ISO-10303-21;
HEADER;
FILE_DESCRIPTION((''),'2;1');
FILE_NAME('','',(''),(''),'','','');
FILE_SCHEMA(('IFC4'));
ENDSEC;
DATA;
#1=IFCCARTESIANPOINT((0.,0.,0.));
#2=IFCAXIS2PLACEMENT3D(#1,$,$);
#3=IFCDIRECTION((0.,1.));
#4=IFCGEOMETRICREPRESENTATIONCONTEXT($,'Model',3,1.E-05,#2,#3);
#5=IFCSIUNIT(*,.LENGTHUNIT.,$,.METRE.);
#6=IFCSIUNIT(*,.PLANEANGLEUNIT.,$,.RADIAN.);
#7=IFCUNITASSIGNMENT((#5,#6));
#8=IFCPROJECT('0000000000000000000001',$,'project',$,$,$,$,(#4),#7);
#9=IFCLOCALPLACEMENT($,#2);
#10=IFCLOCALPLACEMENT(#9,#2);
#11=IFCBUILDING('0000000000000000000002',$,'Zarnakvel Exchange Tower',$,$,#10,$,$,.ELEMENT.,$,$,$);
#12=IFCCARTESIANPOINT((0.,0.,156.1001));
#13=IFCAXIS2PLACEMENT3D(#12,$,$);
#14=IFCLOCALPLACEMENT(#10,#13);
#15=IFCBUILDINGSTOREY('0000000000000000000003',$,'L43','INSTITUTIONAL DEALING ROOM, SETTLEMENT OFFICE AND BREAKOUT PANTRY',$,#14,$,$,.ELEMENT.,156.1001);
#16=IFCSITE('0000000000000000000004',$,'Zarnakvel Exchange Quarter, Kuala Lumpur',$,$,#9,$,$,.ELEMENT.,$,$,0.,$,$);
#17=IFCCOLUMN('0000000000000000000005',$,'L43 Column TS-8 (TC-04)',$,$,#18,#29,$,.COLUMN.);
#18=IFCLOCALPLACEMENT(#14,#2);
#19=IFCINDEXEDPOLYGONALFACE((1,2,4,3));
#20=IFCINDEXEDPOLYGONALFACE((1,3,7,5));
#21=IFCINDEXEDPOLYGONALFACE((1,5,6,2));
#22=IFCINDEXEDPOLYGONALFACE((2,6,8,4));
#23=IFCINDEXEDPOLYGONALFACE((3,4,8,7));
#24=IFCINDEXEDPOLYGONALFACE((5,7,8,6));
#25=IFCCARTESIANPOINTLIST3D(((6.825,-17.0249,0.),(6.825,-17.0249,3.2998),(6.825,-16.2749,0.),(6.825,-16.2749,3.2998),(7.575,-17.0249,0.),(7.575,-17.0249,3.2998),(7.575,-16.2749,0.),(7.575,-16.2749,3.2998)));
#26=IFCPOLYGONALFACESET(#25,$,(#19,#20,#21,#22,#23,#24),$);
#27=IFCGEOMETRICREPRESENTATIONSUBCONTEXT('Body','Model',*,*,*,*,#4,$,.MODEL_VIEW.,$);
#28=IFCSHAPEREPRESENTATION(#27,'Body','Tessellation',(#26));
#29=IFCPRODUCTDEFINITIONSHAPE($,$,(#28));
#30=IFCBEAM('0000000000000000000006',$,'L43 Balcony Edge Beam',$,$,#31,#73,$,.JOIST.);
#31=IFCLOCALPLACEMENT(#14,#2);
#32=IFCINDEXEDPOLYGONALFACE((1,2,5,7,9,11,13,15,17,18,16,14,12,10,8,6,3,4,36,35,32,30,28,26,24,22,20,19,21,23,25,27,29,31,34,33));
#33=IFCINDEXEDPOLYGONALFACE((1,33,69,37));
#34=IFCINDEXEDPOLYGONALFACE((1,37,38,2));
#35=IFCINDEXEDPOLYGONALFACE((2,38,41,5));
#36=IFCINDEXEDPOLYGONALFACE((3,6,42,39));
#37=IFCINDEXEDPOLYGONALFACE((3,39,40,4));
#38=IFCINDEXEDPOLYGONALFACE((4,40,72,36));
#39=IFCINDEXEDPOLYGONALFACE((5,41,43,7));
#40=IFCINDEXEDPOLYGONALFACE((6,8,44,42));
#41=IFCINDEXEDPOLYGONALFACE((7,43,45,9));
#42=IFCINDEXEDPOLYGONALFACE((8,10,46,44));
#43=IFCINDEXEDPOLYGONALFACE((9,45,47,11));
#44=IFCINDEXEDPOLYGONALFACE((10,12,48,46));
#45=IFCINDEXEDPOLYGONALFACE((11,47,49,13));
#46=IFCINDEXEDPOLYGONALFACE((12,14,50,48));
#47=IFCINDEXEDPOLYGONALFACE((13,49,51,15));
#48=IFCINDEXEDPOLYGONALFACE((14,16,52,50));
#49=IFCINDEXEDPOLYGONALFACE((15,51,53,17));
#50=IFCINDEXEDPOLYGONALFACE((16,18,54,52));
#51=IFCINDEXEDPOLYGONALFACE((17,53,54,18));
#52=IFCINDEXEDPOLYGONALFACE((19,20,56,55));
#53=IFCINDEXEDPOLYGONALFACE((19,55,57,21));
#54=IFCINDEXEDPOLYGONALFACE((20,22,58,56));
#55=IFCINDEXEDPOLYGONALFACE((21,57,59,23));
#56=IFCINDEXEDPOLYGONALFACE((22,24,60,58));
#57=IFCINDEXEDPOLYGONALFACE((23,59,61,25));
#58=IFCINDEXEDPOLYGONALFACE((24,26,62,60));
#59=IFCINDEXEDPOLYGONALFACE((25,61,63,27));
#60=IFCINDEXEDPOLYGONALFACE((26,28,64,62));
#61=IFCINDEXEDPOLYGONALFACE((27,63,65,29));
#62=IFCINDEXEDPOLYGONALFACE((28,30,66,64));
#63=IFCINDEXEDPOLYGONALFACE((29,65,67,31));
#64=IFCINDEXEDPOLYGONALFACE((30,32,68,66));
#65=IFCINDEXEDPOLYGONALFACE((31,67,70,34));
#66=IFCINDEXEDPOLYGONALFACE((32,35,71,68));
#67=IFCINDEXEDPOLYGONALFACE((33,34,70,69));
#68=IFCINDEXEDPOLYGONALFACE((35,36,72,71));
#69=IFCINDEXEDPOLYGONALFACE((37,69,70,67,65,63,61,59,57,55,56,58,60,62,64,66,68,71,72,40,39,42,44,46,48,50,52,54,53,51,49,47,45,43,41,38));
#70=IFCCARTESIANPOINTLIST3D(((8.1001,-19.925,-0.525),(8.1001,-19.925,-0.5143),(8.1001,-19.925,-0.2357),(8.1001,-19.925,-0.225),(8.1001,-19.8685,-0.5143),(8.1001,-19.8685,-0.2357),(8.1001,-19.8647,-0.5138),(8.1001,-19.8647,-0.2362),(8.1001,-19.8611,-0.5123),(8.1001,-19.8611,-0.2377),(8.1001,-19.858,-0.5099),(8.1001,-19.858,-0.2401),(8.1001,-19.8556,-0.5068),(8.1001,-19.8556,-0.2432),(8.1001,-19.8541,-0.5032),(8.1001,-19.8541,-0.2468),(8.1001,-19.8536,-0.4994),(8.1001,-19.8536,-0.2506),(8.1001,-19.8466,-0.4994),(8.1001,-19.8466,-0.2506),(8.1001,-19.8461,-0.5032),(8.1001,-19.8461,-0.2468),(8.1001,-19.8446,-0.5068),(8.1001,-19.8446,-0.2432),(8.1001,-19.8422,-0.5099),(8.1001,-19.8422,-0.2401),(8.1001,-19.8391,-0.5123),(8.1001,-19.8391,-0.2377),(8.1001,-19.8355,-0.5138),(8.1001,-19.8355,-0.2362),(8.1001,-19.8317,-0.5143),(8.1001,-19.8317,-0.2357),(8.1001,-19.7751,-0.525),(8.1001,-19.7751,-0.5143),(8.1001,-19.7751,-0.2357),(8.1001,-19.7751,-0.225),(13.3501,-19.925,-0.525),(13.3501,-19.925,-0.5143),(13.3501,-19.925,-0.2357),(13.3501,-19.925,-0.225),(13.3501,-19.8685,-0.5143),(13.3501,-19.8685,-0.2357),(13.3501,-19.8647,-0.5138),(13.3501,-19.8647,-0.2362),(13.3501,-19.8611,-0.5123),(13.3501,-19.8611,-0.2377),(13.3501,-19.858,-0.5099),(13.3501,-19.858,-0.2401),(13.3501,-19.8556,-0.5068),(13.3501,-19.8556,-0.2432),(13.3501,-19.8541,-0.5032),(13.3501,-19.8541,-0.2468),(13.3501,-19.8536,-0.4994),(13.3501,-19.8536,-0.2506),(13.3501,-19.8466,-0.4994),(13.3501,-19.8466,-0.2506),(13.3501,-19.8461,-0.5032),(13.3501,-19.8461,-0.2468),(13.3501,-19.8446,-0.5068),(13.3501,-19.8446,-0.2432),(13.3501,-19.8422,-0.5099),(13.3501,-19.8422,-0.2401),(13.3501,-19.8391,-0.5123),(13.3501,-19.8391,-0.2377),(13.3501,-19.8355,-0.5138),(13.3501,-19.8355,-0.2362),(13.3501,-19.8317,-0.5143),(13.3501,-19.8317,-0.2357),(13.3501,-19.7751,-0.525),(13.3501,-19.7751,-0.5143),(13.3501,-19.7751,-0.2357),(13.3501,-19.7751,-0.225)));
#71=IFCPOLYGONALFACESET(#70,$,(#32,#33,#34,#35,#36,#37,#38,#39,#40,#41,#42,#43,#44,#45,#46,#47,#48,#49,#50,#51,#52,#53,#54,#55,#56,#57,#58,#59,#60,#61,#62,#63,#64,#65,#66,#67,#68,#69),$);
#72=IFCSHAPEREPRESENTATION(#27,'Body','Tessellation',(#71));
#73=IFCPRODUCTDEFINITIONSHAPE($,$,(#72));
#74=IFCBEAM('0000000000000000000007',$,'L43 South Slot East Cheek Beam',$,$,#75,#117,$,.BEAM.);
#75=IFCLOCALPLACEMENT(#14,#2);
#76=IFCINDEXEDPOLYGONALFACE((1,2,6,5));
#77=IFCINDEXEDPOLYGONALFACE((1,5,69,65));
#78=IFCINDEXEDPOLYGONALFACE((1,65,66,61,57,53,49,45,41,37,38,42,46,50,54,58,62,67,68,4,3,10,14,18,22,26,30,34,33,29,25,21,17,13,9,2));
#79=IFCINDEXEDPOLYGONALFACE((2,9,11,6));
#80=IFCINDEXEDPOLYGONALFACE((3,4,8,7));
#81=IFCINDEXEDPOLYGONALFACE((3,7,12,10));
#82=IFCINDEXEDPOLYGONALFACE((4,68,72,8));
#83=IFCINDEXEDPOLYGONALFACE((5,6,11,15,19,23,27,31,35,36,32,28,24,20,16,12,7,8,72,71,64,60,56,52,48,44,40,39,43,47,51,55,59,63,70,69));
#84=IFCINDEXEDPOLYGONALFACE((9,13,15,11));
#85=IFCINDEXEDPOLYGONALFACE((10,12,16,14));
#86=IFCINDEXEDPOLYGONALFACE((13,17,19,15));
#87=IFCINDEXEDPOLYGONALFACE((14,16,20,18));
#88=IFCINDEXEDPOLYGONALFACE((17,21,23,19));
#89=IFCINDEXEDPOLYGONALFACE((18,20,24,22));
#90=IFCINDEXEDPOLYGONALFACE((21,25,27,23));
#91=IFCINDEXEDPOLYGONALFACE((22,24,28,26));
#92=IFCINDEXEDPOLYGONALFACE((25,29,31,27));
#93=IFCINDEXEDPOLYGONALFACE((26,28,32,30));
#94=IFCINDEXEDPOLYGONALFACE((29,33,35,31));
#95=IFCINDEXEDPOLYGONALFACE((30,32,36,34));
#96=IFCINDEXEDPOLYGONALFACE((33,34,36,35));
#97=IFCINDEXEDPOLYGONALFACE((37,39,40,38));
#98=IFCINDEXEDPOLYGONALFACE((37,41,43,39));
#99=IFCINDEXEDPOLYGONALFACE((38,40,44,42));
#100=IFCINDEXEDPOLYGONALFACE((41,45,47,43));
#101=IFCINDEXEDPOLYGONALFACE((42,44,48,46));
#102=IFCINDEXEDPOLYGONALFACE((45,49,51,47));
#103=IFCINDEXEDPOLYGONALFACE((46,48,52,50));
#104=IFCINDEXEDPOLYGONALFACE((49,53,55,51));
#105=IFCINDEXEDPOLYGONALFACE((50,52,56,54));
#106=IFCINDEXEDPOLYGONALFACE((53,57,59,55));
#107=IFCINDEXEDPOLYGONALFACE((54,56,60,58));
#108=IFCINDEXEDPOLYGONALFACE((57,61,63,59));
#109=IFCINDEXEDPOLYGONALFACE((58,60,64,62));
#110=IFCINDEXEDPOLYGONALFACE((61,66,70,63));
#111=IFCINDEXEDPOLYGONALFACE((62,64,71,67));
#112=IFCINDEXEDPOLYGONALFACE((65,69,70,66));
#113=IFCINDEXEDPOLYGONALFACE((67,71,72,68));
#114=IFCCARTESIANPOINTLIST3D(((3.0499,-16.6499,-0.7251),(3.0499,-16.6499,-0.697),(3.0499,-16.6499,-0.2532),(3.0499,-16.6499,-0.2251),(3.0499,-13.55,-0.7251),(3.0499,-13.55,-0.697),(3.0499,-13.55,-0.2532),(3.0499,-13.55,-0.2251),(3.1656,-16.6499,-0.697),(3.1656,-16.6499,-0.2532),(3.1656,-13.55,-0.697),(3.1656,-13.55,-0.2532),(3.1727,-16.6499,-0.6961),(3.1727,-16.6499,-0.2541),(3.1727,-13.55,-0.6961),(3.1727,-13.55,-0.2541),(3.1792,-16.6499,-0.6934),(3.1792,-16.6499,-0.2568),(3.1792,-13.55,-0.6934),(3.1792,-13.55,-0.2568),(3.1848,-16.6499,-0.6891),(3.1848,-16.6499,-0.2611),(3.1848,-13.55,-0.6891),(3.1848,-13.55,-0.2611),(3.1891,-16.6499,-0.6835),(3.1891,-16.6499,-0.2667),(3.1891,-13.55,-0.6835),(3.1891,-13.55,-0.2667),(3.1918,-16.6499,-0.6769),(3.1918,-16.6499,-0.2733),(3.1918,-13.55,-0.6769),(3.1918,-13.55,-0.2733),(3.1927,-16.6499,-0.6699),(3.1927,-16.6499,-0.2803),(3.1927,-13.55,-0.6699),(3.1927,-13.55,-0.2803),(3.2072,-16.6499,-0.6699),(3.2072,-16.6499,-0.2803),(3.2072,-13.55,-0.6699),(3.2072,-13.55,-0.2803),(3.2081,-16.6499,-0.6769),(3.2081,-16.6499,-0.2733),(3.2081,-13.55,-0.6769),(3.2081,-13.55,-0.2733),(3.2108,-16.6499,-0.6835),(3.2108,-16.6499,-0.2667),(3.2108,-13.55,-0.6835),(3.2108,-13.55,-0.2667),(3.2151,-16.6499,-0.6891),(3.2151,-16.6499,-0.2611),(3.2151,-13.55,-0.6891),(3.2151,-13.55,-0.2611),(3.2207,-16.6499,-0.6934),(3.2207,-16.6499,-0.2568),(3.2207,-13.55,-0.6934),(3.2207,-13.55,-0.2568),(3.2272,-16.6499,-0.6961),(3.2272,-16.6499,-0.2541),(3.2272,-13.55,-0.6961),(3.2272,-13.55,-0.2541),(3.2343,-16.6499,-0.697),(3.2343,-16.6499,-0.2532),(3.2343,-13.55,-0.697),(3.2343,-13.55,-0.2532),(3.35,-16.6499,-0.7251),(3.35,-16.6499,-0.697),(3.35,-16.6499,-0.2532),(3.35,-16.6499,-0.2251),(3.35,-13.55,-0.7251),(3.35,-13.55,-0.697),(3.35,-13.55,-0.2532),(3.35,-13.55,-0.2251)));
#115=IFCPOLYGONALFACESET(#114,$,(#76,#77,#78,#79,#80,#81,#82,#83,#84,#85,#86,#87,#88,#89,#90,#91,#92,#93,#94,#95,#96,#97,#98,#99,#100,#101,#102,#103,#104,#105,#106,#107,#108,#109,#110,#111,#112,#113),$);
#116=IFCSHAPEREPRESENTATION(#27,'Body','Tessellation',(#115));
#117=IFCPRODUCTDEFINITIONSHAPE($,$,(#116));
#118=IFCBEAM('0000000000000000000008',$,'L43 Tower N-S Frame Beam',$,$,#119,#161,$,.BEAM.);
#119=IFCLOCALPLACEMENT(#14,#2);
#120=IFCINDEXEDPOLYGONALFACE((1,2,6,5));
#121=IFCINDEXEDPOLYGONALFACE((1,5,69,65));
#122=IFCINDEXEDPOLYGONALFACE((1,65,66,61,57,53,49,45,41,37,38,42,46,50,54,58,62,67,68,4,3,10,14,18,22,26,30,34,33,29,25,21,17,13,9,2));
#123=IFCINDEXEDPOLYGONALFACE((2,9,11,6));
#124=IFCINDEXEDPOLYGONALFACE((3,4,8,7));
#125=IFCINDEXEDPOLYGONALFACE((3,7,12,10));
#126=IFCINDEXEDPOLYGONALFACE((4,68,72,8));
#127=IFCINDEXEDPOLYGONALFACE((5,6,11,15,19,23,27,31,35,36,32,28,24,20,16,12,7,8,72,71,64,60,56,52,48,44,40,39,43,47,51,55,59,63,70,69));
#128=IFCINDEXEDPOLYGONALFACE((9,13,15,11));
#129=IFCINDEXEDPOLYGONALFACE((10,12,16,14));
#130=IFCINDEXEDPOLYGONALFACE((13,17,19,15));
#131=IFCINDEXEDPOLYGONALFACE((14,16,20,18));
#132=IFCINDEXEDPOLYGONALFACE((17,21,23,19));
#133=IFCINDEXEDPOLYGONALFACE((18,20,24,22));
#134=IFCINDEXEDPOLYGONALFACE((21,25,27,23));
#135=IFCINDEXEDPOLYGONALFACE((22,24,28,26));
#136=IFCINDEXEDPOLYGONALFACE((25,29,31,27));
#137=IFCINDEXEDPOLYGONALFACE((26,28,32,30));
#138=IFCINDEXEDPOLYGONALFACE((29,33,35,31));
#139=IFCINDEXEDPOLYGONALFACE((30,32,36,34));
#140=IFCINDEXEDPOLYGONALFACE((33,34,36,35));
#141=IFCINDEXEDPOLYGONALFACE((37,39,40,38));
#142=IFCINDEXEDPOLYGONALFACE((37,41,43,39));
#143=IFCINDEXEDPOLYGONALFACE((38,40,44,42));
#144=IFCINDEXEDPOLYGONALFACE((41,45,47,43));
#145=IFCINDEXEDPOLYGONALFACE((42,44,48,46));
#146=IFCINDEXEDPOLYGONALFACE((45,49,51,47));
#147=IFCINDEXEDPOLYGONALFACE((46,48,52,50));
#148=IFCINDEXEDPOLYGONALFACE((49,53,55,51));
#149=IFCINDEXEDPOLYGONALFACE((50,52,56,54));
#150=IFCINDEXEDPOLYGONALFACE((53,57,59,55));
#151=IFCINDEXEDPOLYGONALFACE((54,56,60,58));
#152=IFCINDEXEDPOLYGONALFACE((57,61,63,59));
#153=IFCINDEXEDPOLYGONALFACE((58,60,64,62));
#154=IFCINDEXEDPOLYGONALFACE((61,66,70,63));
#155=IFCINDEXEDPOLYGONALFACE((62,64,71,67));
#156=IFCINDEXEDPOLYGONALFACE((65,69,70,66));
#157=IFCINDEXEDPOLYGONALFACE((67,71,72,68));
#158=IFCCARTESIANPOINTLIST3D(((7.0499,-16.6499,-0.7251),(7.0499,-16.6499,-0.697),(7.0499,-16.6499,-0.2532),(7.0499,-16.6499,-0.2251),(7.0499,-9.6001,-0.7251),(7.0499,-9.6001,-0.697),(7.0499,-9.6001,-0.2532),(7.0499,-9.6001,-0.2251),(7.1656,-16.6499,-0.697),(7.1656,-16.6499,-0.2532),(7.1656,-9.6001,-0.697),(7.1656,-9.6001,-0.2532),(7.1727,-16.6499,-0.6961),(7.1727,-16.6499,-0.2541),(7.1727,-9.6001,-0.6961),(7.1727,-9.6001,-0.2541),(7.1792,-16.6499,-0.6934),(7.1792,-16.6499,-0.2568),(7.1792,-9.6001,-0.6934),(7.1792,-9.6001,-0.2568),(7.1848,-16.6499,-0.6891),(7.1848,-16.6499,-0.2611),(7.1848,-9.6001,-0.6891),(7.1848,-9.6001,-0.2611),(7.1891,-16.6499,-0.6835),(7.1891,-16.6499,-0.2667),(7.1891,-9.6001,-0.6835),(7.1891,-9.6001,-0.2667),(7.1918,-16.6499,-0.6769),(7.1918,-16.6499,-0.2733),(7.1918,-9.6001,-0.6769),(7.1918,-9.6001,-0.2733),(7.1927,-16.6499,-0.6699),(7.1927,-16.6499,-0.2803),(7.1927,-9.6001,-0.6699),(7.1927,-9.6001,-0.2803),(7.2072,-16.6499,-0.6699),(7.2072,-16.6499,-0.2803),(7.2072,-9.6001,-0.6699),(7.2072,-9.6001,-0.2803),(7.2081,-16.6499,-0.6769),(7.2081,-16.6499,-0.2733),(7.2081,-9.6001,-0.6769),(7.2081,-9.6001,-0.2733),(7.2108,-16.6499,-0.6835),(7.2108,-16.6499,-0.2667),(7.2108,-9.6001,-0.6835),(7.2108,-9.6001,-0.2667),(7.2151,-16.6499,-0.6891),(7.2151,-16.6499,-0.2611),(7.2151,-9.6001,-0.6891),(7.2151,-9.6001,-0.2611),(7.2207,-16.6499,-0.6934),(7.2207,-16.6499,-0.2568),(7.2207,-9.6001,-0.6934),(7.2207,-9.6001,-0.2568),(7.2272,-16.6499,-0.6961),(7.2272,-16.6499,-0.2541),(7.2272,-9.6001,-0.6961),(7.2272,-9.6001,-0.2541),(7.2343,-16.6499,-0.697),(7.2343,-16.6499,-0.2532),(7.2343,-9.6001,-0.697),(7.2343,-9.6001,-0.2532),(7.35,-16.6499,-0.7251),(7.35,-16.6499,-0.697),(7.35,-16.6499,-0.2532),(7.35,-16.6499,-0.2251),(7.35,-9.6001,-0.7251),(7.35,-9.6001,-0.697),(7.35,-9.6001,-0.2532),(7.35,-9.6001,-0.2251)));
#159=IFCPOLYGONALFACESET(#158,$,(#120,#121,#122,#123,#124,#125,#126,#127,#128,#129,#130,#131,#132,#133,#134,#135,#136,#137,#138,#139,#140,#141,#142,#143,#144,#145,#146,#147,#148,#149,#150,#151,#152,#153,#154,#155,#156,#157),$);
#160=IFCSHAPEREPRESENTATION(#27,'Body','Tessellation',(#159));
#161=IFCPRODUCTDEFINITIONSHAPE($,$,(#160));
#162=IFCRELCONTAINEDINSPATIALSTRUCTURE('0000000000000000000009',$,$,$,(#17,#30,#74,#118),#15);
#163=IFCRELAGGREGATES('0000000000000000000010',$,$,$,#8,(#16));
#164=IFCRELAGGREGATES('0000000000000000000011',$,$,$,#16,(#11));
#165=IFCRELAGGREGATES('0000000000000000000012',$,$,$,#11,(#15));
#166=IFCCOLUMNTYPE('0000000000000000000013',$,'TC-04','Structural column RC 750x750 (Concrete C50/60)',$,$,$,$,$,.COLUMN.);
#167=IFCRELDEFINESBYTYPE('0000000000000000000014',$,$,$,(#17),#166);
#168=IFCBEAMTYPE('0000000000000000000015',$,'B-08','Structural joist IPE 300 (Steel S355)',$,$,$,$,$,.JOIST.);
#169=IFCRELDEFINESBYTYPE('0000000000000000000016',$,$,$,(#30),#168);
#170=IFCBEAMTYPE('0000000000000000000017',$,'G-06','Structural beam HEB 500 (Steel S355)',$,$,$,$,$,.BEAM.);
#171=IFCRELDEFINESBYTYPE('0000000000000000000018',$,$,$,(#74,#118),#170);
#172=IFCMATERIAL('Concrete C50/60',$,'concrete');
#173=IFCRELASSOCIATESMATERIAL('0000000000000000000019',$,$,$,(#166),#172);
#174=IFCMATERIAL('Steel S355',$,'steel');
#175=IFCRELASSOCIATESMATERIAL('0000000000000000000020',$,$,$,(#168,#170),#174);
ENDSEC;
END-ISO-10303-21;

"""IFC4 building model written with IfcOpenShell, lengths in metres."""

from ifc_helpers import new_model, si_unit, direction, frame, origin, origin_2d, place, context, subcontext, project, spatial, rectangle, i_section, extrude, material, material_profile, profile_set, type_object, element, save


model = new_model("IFC4")

# Units and contexts
model_context = context("Model", 3, precision=1e-05, world=origin(), true_north=direction((0.0, 1.0)))
body_context = subcontext(model_context, "Body", "Model", "MODEL_VIEW")
ifc_project = project(units=[si_unit("LENGTHUNIT", "METRE"), si_unit("PLANEANGLEUNIT", "RADIAN")], contexts=[model_context])

# Site, building, storey
site_placement = place(None, origin())
site = spatial("IfcSite", under=ifc_project, at=site_placement, Name="Zarnakvel Exchange Quarter, Kuala Lumpur", CompositionType="ELEMENT", RefElevation=0.0)
building_placement = place(site_placement, origin())
building = spatial("IfcBuilding", under=site, at=building_placement, Name="Zarnakvel Exchange Tower", CompositionType="ELEMENT")
storey_placement = place(building_placement, frame((0.0, 0.0, 156.1001)))
storey = spatial("IfcBuildingStorey", under=building, at=storey_placement, Name="L43", Description="INSTITUTIONAL DEALING ROOM, SETTLEMENT OFFICE AND BREAKOUT PANTRY", CompositionType="ELEMENT", Elevation=156.1001)

# Column
ifc_material_1 = material(Name="Concrete C50/60", Category="concrete")
ifc_material_profile_1 = material_profile(ifc_material_1, rectangle(XDim=0.75, YDim=0.75, at=origin_2d()))
ifc_profile_set_1 = profile_set([ifc_material_profile_1], Name="Concrete C50/60")
column_type = type_object("IfcColumnType", Name="TC-04", Description="Structural column RC 750x750 (Concrete C50/60)", PredefinedType="COLUMN", material=ifc_profile_set_1)
column_placement = place(storey_placement, frame((7.2, -16.6499, 0.0), z_axis=(0.0, 0.0, 1.0), x_axis=(1.0, 0.0, 0.0)))
element("IfcColumn", 1, at=column_placement, inside=storey, type_object=column_type, Name="L43 Column TS-8 (TC-04)", PredefinedType="COLUMN", context=body_context, shape_type="SweptSolid", body=[
    extrude(rectangle(XDim=0.75, YDim=0.75, at=origin_2d()), origin(), (0.0, 0.0, 1.0), 3.2998),
])

# Beams
ifc_material_2 = material(Name="Steel S355", Category="steel")
ifc_material_profile_2 = material_profile(ifc_material_2, i_section(OverallWidth=0.1499, OverallDepth=0.3, WebThickness=0.0071, FlangeThickness=0.0107, FilletRadius=0.0149, at=origin_2d()))
ifc_profile_set_2 = profile_set([ifc_material_profile_2], Name="Steel S355")
beam_type_1 = type_object("IfcBeamType", Name="B-08", Description="Structural joist IPE 300 (Steel S355)", PredefinedType="JOIST", material=ifc_profile_set_2)
beam_1_placement = place(storey_placement, frame((8.1001, -19.8501, -0.375), z_axis=(1.0, 0.0, 0.0), x_axis=(0.0, 1.0, 0.0)))
element("IfcBeam", 2, at=beam_1_placement, inside=storey, type_object=beam_type_1, Name="L43 Balcony Edge Beam", PredefinedType="JOIST", context=body_context, shape_type="SweptSolid", body=[
    extrude(i_section(OverallWidth=0.1499, OverallDepth=0.3, WebThickness=0.0071, FlangeThickness=0.0107, FilletRadius=0.0149, at=origin_2d()), origin(), (0.0, 0.0, 1.0), 5.25),
])
ifc_material_profile_3 = material_profile(ifc_material_2, i_section(OverallWidth=0.3, OverallDepth=0.5, WebThickness=0.0144, FlangeThickness=0.0281, FilletRadius=0.0271, at=origin_2d()))
ifc_profile_set_3 = profile_set([ifc_material_profile_3], Name="Steel S355")
beam_type_2 = type_object("IfcBeamType", Name="G-06", Description="Structural beam HEB 500 (Steel S355)", PredefinedType="BEAM", material=ifc_profile_set_3)
beam_2_placement = place(storey_placement, frame((3.2, -16.6499, -0.4751), z_axis=(0.0, 1.0, 0.0), x_axis=(-1.0, 0.0, 0.0)))
element("IfcBeam", 3, at=beam_2_placement, inside=storey, type_object=beam_type_2, Name="L43 South Slot East Cheek Beam", PredefinedType="BEAM", context=body_context, shape_type="SweptSolid", body=[
    extrude(i_section(OverallWidth=0.3, OverallDepth=0.5, WebThickness=0.0144, FlangeThickness=0.0281, FilletRadius=0.0271, at=origin_2d()), origin(), (0.0, 0.0, 1.0), 3.0999),
])
beam_3_placement = place(storey_placement, frame((7.2, -16.6499, -0.4751), z_axis=(0.0, 1.0, 0.0), x_axis=(-1.0, 0.0, 0.0)))
element("IfcBeam", 4, at=beam_3_placement, inside=storey, type_object=beam_type_2, Name="L43 Tower N-S Frame Beam", PredefinedType="BEAM", context=body_context, shape_type="SweptSolid", body=[
    extrude(i_section(OverallWidth=0.3, OverallDepth=0.5, WebThickness=0.0144, FlangeThickness=0.0281, FilletRadius=0.0271, at=origin_2d()), origin(), (0.0, 0.0, 1.0), 7.0498),
])

save(model, "model.ifc")
